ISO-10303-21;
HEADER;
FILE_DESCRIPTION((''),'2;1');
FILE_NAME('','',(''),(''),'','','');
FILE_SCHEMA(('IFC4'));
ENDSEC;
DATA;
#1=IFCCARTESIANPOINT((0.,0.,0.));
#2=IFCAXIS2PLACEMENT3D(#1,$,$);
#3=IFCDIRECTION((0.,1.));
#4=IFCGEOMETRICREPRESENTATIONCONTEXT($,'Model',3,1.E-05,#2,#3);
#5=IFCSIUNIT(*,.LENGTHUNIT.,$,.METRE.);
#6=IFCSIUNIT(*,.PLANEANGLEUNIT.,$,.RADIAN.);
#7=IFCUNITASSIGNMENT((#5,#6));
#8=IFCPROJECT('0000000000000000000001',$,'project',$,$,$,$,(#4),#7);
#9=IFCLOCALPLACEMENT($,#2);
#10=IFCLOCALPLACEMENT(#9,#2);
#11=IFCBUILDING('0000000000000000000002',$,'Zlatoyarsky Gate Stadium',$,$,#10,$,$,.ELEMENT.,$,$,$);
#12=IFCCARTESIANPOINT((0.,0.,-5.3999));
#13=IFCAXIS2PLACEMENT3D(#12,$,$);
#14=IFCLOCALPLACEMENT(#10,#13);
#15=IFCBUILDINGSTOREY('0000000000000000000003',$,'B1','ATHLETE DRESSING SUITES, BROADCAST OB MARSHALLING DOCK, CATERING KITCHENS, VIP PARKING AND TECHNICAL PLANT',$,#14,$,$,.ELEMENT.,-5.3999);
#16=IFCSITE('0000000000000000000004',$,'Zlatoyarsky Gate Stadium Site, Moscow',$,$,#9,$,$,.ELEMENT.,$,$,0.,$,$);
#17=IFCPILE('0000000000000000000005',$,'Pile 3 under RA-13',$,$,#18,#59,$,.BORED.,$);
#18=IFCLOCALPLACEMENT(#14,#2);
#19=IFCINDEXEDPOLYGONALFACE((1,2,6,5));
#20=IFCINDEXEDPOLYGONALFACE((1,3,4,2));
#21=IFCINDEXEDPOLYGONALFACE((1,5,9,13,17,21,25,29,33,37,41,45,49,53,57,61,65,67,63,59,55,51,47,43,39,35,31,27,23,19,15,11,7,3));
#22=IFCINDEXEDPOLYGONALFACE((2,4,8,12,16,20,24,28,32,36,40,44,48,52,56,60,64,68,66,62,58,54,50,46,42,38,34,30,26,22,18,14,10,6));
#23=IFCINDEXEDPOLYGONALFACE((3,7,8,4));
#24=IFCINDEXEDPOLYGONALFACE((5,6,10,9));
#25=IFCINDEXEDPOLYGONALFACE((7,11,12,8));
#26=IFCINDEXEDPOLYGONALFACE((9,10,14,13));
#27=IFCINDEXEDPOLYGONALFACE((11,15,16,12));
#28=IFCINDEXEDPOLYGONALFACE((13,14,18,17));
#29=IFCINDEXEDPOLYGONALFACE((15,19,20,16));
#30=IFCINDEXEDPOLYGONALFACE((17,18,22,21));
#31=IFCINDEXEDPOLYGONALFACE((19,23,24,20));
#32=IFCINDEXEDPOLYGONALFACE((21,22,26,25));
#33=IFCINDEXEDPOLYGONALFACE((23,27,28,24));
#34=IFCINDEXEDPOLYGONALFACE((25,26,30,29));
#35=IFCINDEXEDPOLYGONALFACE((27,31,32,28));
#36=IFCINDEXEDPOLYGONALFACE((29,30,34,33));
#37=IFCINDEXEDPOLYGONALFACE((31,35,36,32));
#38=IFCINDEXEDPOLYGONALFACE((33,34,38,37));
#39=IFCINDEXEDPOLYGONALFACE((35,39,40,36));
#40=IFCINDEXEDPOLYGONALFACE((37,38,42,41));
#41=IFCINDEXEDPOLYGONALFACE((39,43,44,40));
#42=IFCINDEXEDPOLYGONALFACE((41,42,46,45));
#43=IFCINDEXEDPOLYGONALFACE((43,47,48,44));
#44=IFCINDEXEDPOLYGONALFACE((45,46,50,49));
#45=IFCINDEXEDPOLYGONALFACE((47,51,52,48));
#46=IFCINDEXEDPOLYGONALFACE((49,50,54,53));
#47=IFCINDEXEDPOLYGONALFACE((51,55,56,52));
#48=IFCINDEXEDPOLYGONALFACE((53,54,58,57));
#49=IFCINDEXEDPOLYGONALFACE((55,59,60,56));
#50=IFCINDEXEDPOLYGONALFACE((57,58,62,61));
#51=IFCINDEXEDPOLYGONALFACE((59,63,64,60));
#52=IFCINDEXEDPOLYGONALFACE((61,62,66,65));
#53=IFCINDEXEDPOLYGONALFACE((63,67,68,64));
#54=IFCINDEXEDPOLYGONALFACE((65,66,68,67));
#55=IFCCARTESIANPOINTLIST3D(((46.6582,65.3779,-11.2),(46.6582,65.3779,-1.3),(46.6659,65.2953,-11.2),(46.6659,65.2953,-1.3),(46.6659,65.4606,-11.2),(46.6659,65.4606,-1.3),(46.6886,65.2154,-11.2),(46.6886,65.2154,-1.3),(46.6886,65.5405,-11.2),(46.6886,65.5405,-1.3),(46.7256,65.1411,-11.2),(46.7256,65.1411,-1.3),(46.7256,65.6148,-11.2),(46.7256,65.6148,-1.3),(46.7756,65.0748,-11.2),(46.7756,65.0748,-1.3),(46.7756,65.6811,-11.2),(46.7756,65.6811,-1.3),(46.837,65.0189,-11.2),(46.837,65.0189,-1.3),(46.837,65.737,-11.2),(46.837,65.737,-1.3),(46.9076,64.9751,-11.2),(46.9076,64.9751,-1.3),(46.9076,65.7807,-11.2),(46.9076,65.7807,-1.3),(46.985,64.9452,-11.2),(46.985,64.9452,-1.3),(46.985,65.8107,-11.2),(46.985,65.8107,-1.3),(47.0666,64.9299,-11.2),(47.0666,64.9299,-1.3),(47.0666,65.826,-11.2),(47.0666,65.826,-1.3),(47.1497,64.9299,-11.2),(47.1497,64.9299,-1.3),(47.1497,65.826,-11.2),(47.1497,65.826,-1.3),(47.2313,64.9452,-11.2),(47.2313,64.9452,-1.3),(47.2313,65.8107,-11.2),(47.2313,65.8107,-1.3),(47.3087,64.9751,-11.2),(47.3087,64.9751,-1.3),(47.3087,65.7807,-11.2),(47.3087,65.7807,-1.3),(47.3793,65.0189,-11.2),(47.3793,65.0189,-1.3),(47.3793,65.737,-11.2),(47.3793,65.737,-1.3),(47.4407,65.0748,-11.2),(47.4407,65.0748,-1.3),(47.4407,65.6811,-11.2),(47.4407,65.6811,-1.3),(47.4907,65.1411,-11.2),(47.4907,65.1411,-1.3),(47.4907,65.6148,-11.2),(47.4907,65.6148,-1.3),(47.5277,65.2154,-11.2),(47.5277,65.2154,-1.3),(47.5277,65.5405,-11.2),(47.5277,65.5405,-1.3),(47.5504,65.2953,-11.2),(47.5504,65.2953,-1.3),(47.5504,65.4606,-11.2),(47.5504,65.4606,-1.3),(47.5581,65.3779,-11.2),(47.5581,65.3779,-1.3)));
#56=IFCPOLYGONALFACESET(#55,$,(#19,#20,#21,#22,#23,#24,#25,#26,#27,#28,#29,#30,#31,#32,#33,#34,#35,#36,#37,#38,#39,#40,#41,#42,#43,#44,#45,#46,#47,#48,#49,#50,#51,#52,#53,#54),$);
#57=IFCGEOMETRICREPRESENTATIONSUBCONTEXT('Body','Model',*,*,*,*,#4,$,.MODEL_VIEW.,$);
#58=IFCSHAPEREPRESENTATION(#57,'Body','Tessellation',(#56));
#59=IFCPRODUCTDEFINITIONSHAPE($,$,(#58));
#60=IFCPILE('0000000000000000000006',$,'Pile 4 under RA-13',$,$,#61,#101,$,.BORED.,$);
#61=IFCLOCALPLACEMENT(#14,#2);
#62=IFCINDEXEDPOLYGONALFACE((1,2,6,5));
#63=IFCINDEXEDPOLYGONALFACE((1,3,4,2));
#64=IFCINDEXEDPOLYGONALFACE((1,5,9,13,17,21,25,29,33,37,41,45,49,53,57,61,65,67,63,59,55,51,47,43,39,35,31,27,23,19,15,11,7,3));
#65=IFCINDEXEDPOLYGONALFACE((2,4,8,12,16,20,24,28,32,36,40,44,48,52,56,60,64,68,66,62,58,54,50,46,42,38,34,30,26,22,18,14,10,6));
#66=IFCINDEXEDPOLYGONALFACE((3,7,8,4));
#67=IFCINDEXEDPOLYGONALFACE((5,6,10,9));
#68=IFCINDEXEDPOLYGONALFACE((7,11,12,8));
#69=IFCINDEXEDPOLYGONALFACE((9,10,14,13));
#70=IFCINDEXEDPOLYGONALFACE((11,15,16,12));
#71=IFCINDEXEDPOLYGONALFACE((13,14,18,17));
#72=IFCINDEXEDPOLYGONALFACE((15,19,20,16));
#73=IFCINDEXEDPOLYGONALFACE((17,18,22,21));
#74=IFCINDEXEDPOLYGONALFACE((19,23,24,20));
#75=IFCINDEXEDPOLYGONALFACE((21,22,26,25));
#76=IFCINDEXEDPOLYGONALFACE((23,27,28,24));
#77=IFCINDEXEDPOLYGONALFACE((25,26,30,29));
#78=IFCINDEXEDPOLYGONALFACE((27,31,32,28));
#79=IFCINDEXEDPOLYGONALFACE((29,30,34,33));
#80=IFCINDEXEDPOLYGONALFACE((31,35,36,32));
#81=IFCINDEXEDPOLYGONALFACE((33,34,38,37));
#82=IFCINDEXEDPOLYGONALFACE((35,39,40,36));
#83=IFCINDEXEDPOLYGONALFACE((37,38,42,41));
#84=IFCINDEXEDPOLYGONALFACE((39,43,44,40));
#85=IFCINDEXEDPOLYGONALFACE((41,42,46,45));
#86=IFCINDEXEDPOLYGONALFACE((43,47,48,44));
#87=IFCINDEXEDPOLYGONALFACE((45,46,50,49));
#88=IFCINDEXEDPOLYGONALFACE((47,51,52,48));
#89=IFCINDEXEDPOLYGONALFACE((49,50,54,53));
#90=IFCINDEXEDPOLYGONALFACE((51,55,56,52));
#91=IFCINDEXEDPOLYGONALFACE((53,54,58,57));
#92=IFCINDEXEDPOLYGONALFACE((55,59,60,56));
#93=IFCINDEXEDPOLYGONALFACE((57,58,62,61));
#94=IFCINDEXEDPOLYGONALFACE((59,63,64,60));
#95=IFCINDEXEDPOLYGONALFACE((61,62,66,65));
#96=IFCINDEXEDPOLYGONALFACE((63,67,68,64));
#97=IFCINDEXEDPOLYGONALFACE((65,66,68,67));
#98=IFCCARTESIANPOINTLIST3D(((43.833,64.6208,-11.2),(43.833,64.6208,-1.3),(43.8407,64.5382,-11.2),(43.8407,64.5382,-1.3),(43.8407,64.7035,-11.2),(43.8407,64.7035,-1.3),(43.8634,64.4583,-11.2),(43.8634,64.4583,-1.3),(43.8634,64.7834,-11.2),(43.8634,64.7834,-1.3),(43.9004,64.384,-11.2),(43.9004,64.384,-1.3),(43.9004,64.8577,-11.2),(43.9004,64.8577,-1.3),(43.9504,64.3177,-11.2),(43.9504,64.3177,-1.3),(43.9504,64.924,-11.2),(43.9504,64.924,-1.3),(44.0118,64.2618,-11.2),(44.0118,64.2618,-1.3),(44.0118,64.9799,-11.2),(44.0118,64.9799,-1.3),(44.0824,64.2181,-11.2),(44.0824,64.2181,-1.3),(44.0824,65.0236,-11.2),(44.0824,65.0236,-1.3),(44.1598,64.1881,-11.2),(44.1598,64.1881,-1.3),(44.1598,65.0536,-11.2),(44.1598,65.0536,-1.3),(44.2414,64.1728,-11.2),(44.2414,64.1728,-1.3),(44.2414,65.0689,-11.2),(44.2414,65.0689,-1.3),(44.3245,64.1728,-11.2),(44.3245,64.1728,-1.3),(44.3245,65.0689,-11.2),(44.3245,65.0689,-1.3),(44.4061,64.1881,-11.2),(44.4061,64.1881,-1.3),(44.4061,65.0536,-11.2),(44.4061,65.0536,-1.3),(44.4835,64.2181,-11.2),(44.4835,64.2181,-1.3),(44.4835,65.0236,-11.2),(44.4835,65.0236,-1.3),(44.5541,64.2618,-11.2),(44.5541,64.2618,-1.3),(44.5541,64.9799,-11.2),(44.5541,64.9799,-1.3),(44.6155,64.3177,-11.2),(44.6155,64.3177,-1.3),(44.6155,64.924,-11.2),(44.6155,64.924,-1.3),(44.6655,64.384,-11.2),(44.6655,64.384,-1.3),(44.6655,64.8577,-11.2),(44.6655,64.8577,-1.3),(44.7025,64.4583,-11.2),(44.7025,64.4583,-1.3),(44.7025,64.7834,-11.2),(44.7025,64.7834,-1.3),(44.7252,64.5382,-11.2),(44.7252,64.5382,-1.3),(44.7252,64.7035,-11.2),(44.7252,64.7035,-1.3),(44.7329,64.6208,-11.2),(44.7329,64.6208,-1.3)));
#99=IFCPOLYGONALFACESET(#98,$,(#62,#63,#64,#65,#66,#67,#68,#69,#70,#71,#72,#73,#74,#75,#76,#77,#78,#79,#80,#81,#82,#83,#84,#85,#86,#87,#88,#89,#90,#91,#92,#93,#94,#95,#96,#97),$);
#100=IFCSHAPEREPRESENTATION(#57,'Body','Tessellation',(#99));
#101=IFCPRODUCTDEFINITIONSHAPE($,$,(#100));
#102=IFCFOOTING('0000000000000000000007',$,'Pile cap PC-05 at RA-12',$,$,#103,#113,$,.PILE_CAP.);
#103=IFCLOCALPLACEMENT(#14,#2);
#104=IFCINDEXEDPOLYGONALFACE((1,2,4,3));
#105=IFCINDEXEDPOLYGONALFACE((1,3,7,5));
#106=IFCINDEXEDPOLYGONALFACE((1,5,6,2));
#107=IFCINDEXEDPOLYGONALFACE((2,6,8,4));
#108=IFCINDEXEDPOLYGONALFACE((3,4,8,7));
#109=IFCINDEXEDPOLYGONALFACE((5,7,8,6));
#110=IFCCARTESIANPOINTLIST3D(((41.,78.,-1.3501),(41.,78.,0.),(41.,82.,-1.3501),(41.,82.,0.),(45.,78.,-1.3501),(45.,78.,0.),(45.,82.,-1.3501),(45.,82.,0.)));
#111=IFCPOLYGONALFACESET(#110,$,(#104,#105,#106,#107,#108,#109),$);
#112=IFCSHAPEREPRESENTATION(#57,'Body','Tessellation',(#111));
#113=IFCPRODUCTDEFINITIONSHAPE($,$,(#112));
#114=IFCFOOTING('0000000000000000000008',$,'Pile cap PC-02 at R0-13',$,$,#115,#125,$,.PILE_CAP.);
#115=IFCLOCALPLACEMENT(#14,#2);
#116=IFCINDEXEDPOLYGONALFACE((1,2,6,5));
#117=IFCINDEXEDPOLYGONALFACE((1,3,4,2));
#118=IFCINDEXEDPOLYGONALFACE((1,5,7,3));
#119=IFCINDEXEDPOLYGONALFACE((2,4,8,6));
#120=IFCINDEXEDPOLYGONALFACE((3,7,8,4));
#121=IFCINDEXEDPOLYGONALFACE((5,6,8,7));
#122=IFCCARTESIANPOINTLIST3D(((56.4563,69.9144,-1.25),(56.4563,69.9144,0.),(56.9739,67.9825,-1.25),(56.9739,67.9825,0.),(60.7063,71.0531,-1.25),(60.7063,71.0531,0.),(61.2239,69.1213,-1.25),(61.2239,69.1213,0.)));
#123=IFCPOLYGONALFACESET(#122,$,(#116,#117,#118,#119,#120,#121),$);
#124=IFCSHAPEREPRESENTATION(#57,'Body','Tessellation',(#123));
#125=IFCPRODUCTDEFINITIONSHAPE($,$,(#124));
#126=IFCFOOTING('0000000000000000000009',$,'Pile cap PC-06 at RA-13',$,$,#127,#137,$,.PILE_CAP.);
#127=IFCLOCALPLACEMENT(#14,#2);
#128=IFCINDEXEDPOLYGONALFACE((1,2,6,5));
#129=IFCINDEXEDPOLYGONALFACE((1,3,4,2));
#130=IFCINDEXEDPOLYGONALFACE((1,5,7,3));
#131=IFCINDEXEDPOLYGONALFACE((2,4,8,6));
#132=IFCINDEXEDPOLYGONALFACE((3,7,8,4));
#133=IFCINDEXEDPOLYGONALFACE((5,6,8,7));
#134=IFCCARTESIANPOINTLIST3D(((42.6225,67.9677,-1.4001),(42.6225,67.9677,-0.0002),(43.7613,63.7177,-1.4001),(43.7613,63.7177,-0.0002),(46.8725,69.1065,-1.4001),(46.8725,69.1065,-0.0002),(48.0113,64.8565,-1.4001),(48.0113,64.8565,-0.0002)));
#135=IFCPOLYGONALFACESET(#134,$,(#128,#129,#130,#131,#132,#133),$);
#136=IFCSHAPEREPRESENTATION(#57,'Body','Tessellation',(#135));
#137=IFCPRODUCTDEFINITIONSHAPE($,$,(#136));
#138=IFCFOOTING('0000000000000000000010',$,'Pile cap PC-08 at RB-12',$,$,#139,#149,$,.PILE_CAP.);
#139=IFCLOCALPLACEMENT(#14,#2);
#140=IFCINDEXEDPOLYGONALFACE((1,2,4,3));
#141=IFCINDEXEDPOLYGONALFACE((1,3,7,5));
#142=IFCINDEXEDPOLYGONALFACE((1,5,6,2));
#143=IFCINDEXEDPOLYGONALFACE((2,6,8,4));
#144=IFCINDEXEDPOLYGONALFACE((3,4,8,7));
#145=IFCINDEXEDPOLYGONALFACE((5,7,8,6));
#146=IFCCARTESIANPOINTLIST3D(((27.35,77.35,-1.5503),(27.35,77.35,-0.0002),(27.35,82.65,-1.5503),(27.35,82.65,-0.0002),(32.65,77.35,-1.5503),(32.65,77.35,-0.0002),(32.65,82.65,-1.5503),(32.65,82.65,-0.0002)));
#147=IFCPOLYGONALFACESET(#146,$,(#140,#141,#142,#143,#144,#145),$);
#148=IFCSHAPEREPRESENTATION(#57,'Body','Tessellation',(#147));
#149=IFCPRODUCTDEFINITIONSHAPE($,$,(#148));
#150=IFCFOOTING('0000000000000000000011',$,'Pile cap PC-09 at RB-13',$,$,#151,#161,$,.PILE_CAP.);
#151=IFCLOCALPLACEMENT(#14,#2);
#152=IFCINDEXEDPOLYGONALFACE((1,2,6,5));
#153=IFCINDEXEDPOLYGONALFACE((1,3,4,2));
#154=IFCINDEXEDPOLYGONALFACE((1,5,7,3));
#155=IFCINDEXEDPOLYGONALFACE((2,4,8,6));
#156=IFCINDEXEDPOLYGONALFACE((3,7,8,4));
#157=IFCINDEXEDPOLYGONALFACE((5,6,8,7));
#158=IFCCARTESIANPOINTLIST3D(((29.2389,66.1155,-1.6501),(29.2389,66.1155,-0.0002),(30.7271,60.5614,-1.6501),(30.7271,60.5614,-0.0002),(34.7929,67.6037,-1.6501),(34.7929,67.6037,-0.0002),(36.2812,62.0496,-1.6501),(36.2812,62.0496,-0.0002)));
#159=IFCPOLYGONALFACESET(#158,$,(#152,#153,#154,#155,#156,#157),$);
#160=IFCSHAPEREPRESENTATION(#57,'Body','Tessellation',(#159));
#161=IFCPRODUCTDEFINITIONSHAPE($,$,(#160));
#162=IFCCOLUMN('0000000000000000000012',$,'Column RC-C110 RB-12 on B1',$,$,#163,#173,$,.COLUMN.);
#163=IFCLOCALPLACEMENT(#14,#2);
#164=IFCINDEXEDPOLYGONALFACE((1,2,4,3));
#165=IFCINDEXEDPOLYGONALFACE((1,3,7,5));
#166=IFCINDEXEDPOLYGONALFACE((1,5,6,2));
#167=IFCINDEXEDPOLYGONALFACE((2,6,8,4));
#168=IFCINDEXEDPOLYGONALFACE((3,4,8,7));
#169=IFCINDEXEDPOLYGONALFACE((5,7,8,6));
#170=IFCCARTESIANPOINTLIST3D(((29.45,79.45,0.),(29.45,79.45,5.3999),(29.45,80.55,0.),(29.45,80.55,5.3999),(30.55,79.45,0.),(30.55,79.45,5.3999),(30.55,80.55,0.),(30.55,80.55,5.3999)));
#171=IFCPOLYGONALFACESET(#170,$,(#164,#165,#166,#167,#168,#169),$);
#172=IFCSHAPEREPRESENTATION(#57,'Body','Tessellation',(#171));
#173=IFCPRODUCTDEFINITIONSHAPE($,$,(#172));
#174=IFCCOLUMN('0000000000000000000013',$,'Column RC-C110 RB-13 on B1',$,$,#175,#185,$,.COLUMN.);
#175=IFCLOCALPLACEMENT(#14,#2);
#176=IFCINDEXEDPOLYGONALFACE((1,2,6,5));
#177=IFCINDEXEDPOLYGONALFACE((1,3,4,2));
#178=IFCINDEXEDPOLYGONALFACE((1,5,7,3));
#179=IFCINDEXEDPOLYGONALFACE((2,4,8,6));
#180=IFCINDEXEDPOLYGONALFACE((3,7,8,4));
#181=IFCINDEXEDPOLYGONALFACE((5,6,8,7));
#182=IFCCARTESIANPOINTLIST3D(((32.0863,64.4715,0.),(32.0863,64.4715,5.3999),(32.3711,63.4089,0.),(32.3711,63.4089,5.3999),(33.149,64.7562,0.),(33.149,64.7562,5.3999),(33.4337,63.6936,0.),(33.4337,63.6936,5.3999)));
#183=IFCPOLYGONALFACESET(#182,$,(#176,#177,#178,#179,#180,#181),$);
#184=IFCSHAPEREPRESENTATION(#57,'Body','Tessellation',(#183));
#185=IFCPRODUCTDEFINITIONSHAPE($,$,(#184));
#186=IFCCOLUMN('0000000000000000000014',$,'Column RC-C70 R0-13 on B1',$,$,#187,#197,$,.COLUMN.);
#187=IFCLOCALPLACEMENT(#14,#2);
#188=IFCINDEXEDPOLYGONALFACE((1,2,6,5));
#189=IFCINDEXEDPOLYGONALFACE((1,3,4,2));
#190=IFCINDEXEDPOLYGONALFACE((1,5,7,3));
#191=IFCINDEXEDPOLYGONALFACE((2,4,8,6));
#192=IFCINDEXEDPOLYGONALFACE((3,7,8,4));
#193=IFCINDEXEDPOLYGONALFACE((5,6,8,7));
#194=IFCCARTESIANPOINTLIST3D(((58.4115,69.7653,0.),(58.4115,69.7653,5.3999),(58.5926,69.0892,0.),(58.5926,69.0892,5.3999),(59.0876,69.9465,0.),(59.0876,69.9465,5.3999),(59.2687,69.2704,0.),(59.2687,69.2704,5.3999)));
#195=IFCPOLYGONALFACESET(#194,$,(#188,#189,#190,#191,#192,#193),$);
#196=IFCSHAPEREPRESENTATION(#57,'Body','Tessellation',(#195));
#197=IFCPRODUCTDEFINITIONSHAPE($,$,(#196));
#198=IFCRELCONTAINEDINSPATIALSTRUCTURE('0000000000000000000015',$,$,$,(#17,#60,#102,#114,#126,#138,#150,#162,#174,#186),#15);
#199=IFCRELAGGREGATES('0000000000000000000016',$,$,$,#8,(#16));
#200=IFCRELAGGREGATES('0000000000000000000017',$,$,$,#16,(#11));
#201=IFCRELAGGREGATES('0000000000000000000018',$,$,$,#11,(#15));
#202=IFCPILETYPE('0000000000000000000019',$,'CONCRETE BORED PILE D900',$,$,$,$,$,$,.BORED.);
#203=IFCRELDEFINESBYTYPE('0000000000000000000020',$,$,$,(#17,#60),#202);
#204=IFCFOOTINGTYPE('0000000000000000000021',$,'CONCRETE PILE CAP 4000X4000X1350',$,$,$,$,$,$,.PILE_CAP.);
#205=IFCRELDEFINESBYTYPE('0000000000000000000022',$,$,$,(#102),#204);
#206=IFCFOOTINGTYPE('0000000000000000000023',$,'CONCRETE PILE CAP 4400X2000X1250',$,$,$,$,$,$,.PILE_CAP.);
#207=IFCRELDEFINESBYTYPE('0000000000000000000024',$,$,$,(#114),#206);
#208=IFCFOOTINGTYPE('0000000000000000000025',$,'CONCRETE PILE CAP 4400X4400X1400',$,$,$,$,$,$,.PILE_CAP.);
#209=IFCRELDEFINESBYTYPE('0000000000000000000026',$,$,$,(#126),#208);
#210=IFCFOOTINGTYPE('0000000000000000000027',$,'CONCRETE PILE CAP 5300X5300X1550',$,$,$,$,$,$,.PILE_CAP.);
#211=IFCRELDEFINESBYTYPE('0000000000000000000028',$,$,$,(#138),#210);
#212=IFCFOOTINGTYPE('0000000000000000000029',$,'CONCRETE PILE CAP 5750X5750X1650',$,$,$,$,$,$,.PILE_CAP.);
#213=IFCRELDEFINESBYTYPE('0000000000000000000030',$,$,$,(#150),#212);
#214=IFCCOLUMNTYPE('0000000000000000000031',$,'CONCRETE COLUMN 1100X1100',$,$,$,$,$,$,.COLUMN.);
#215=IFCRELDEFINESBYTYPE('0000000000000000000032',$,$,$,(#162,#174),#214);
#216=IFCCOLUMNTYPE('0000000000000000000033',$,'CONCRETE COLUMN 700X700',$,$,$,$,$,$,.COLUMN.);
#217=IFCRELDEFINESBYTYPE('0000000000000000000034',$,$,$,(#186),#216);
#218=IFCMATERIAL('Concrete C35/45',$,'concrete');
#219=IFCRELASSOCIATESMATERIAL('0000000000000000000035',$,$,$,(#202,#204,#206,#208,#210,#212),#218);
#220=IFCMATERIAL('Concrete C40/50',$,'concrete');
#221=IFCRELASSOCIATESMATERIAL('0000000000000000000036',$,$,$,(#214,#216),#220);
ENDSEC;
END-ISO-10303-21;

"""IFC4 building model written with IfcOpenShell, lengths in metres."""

from ifc_helpers import new_model, si_unit, direction, frame, origin, origin_2d, place, context, subcontext, project, spatial, rectangle, circle, extrude, material, material_profile, profile_set, type_object, element, save


model = new_model("IFC4")

# Units and contexts
model_context = context("Model", 3, precision=1e-05, world=origin(), true_north=direction((0.0, 1.0)))
body_context = subcontext(model_context, "Body", "Model", "MODEL_VIEW")
ifc_project = project(units=[si_unit("LENGTHUNIT", "METRE"), si_unit("PLANEANGLEUNIT", "RADIAN")], contexts=[model_context])

# Site, building, storey
site_placement = place(None, origin())
site = spatial("IfcSite", under=ifc_project, at=site_placement, Name="Zlatoyarsky Gate Stadium Site, Moscow", CompositionType="ELEMENT", RefElevation=0.0)
building_placement = place(site_placement, origin())
building = spatial("IfcBuilding", under=site, at=building_placement, Name="Zlatoyarsky Gate Stadium", CompositionType="ELEMENT")
storey_placement = place(building_placement, frame((0.0, 0.0, -5.3999)))
storey = spatial("IfcBuildingStorey", under=building, at=storey_placement, Name="B1", Description="ATHLETE DRESSING SUITES, BROADCAST OB MARSHALLING DOCK, CATERING KITCHENS, VIP PARKING AND TECHNICAL PLANT", CompositionType="ELEMENT", Elevation=-5.3999)

# Piles
ifc_material_1 = material(Name="Concrete C35/45", Category="concrete")
ifc_material_profile_1 = material_profile(ifc_material_1, circle(Radius=0.45, at=origin_2d()), Name="BORED PILE D900")
ifc_profile_set_1 = profile_set([ifc_material_profile_1], Name="Concrete C35/45")
pile_type_1 = type_object("IfcPileType", Name="CONCRETE BORED PILE D900", PredefinedType="BORED", material=ifc_profile_set_1)
for number, where, z_axis, x_axis, name in (
    (1, (47.1082, 65.3779, -1.3), (0.0, 0.0, -1.0), (1.0, 0.0, 0.0), "Pile 3 under RA-13"),
    (2, (44.283, 64.6208, -1.3), (0.0, 0.0, -1.0), (1.0, 0.0, 0.0), "Pile 4 under RA-13"),
):
    element("IfcPile", number, at=place(storey_placement, frame(where, z_axis=z_axis, x_axis=x_axis)), inside=storey, type_object=pile_type_1, Name=name, PredefinedType="BORED", context=body_context, shape_type="SweptSolid", body=[
        extrude(circle(Radius=0.45, at=origin_2d()), origin(), (0.0, 0.0, 1.0), 9.8999),
    ])

# Footings
footing_type_1 = type_object("IfcFootingType", Name="CONCRETE PILE CAP 4000X4000X1350", PredefinedType="PILE_CAP", material=ifc_material_1)
footing_1_placement = place(storey_placement, frame((43.0, 80.0, -1.3501), z_axis=(0.0, 0.0, 1.0), x_axis=(-1.0, 0.0, 0.0)))
element("IfcFooting", 3, at=footing_1_placement, inside=storey, type_object=footing_type_1, Name="Pile cap PC-05 at RA-12", PredefinedType="PILE_CAP", context=body_context, shape_type="SweptSolid", body=[
    extrude(rectangle(XDim=4.0, YDim=4.0, at=origin_2d()), origin(), (0.0, 0.0, 1.0), 1.3501),
])
footing_type_2 = type_object("IfcFootingType", Name="CONCRETE PILE CAP 4400X2000X1250", PredefinedType="PILE_CAP", material=ifc_material_1)
footing_2_placement = place(storey_placement, frame((58.8401, 69.5178, -1.25), z_axis=(0.0, 0.0, 1.0), x_axis=(-0.965926, -0.258819, 0.0)))
element("IfcFooting", 4, at=footing_2_placement, inside=storey, type_object=footing_type_2, Name="Pile cap PC-02 at R0-13", PredefinedType="PILE_CAP", context=body_context, shape_type="SweptSolid", body=[
    extrude(rectangle(XDim=4.3999, YDim=2.0, at=origin_2d()), origin(), (0.0, 0.0, 1.0), 1.25),
])
footing_type_3 = type_object("IfcFootingType", Name="CONCRETE PILE CAP 4400X4400X1400", PredefinedType="PILE_CAP", material=ifc_material_1)
footing_3_placement = place(storey_placement, frame((45.3169, 66.4121, -1.4001), z_axis=(0.0, 0.0, 1.0), x_axis=(-0.965926, -0.258819, 0.0)))
element("IfcFooting", 5, at=footing_3_placement, inside=storey, type_object=footing_type_3, Name="Pile cap PC-06 at RA-13", PredefinedType="PILE_CAP", context=body_context, shape_type="SweptSolid", body=[
    extrude(rectangle(XDim=4.3999, YDim=4.3999, at=origin_2d()), origin(), (0.0, 0.0, 1.0), 1.3999),
])
footing_type_4 = type_object("IfcFootingType", Name="CONCRETE PILE CAP 5300X5300X1550", PredefinedType="PILE_CAP", material=ifc_material_1)
footing_4_placement = place(storey_placement, frame((30.0, 80.0, -1.5503), z_axis=(0.0, 0.0, 1.0), x_axis=(-1.0, 0.0, 0.0)))
element("IfcFooting", 6, at=footing_4_placement, inside=storey, type_object=footing_type_4, Name="Pile cap PC-08 at RB-12", PredefinedType="PILE_CAP", context=body_context, shape_type="SweptSolid", body=[
    extrude(rectangle(XDim=5.3, YDim=5.3, at=origin_2d()), origin(), (0.0, 0.0, 1.0), 1.55),
])
footing_type_5 = type_object("IfcFootingType", Name="CONCRETE PILE CAP 5750X5750X1650", PredefinedType="PILE_CAP", material=ifc_material_1)
footing_5_placement = place(storey_placement, frame((32.76, 64.0825, -1.6501), z_axis=(0.0, 0.0, 1.0), x_axis=(-0.965926, -0.258819, 0.0)))
element("IfcFooting", 7, at=footing_5_placement, inside=storey, type_object=footing_type_5, Name="Pile cap PC-09 at RB-13", PredefinedType="PILE_CAP", context=body_context, shape_type="SweptSolid", body=[
    extrude(rectangle(XDim=5.75, YDim=5.75, at=origin_2d()), origin(), (0.0, 0.0, 1.0), 1.6499),
])

# Columns
ifc_material_2 = material(Name="Concrete C40/50", Category="concrete")
ifc_material_profile_2 = material_profile(ifc_material_2, rectangle(XDim=1.1001, YDim=1.1001, at=origin_2d()), Name="RC COL 1100X1100")
ifc_profile_set_2 = profile_set([ifc_material_profile_2], Name="Concrete C40/50")
column_type_1 = type_object("IfcColumnType", Name="CONCRETE COLUMN 1100X1100", PredefinedType="COLUMN", material=ifc_profile_set_2)
for number, where, z_axis, x_axis, name in (
    (8, (30.0, 80.0, 0.0), (0.0, 0.0, 1.0), (-1.0, 0.0, 0.0), "Column RC-C110 RB-12 on B1"),
    (9, (32.76, 64.0825, 0.0), (0.0, 0.0, 1.0), (-0.965926, -0.258819, 0.0), "Column RC-C110 RB-13 on B1"),
):
    element("IfcColumn", number, at=place(storey_placement, frame(where, z_axis=z_axis, x_axis=x_axis)), inside=storey, type_object=column_type_1, Name=name, PredefinedType="COLUMN", context=body_context, shape_type="SweptSolid", body=[
        extrude(rectangle(XDim=1.1001, YDim=1.1001, at=origin_2d()), origin(), (0.0, 0.0, 1.0), 5.3999),
    ])
ifc_material_profile_3 = material_profile(ifc_material_2, rectangle(XDim=0.7, YDim=0.7, at=origin_2d()), Name="RC COL 700X700")
ifc_profile_set_3 = profile_set([ifc_material_profile_3], Name="Concrete C40/50")
column_type_2 = type_object("IfcColumnType", Name="CONCRETE COLUMN 700X700", PredefinedType="COLUMN", material=ifc_profile_set_3)
column_1_placement = place(storey_placement, frame((58.8401, 69.5178, 0.0), z_axis=(0.0, 0.0, 1.0), x_axis=(-0.965926, -0.258819, 0.0)))
element("IfcColumn", 10, at=column_1_placement, inside=storey, type_object=column_type_2, Name="Column RC-C70 R0-13 on B1", PredefinedType="COLUMN", context=body_context, shape_type="SweptSolid", body=[
    extrude(rectangle(XDim=0.7, YDim=0.7, at=origin_2d()), origin(), (0.0, 0.0, 1.0), 5.3999),
])

save(model, "model.ifc")
